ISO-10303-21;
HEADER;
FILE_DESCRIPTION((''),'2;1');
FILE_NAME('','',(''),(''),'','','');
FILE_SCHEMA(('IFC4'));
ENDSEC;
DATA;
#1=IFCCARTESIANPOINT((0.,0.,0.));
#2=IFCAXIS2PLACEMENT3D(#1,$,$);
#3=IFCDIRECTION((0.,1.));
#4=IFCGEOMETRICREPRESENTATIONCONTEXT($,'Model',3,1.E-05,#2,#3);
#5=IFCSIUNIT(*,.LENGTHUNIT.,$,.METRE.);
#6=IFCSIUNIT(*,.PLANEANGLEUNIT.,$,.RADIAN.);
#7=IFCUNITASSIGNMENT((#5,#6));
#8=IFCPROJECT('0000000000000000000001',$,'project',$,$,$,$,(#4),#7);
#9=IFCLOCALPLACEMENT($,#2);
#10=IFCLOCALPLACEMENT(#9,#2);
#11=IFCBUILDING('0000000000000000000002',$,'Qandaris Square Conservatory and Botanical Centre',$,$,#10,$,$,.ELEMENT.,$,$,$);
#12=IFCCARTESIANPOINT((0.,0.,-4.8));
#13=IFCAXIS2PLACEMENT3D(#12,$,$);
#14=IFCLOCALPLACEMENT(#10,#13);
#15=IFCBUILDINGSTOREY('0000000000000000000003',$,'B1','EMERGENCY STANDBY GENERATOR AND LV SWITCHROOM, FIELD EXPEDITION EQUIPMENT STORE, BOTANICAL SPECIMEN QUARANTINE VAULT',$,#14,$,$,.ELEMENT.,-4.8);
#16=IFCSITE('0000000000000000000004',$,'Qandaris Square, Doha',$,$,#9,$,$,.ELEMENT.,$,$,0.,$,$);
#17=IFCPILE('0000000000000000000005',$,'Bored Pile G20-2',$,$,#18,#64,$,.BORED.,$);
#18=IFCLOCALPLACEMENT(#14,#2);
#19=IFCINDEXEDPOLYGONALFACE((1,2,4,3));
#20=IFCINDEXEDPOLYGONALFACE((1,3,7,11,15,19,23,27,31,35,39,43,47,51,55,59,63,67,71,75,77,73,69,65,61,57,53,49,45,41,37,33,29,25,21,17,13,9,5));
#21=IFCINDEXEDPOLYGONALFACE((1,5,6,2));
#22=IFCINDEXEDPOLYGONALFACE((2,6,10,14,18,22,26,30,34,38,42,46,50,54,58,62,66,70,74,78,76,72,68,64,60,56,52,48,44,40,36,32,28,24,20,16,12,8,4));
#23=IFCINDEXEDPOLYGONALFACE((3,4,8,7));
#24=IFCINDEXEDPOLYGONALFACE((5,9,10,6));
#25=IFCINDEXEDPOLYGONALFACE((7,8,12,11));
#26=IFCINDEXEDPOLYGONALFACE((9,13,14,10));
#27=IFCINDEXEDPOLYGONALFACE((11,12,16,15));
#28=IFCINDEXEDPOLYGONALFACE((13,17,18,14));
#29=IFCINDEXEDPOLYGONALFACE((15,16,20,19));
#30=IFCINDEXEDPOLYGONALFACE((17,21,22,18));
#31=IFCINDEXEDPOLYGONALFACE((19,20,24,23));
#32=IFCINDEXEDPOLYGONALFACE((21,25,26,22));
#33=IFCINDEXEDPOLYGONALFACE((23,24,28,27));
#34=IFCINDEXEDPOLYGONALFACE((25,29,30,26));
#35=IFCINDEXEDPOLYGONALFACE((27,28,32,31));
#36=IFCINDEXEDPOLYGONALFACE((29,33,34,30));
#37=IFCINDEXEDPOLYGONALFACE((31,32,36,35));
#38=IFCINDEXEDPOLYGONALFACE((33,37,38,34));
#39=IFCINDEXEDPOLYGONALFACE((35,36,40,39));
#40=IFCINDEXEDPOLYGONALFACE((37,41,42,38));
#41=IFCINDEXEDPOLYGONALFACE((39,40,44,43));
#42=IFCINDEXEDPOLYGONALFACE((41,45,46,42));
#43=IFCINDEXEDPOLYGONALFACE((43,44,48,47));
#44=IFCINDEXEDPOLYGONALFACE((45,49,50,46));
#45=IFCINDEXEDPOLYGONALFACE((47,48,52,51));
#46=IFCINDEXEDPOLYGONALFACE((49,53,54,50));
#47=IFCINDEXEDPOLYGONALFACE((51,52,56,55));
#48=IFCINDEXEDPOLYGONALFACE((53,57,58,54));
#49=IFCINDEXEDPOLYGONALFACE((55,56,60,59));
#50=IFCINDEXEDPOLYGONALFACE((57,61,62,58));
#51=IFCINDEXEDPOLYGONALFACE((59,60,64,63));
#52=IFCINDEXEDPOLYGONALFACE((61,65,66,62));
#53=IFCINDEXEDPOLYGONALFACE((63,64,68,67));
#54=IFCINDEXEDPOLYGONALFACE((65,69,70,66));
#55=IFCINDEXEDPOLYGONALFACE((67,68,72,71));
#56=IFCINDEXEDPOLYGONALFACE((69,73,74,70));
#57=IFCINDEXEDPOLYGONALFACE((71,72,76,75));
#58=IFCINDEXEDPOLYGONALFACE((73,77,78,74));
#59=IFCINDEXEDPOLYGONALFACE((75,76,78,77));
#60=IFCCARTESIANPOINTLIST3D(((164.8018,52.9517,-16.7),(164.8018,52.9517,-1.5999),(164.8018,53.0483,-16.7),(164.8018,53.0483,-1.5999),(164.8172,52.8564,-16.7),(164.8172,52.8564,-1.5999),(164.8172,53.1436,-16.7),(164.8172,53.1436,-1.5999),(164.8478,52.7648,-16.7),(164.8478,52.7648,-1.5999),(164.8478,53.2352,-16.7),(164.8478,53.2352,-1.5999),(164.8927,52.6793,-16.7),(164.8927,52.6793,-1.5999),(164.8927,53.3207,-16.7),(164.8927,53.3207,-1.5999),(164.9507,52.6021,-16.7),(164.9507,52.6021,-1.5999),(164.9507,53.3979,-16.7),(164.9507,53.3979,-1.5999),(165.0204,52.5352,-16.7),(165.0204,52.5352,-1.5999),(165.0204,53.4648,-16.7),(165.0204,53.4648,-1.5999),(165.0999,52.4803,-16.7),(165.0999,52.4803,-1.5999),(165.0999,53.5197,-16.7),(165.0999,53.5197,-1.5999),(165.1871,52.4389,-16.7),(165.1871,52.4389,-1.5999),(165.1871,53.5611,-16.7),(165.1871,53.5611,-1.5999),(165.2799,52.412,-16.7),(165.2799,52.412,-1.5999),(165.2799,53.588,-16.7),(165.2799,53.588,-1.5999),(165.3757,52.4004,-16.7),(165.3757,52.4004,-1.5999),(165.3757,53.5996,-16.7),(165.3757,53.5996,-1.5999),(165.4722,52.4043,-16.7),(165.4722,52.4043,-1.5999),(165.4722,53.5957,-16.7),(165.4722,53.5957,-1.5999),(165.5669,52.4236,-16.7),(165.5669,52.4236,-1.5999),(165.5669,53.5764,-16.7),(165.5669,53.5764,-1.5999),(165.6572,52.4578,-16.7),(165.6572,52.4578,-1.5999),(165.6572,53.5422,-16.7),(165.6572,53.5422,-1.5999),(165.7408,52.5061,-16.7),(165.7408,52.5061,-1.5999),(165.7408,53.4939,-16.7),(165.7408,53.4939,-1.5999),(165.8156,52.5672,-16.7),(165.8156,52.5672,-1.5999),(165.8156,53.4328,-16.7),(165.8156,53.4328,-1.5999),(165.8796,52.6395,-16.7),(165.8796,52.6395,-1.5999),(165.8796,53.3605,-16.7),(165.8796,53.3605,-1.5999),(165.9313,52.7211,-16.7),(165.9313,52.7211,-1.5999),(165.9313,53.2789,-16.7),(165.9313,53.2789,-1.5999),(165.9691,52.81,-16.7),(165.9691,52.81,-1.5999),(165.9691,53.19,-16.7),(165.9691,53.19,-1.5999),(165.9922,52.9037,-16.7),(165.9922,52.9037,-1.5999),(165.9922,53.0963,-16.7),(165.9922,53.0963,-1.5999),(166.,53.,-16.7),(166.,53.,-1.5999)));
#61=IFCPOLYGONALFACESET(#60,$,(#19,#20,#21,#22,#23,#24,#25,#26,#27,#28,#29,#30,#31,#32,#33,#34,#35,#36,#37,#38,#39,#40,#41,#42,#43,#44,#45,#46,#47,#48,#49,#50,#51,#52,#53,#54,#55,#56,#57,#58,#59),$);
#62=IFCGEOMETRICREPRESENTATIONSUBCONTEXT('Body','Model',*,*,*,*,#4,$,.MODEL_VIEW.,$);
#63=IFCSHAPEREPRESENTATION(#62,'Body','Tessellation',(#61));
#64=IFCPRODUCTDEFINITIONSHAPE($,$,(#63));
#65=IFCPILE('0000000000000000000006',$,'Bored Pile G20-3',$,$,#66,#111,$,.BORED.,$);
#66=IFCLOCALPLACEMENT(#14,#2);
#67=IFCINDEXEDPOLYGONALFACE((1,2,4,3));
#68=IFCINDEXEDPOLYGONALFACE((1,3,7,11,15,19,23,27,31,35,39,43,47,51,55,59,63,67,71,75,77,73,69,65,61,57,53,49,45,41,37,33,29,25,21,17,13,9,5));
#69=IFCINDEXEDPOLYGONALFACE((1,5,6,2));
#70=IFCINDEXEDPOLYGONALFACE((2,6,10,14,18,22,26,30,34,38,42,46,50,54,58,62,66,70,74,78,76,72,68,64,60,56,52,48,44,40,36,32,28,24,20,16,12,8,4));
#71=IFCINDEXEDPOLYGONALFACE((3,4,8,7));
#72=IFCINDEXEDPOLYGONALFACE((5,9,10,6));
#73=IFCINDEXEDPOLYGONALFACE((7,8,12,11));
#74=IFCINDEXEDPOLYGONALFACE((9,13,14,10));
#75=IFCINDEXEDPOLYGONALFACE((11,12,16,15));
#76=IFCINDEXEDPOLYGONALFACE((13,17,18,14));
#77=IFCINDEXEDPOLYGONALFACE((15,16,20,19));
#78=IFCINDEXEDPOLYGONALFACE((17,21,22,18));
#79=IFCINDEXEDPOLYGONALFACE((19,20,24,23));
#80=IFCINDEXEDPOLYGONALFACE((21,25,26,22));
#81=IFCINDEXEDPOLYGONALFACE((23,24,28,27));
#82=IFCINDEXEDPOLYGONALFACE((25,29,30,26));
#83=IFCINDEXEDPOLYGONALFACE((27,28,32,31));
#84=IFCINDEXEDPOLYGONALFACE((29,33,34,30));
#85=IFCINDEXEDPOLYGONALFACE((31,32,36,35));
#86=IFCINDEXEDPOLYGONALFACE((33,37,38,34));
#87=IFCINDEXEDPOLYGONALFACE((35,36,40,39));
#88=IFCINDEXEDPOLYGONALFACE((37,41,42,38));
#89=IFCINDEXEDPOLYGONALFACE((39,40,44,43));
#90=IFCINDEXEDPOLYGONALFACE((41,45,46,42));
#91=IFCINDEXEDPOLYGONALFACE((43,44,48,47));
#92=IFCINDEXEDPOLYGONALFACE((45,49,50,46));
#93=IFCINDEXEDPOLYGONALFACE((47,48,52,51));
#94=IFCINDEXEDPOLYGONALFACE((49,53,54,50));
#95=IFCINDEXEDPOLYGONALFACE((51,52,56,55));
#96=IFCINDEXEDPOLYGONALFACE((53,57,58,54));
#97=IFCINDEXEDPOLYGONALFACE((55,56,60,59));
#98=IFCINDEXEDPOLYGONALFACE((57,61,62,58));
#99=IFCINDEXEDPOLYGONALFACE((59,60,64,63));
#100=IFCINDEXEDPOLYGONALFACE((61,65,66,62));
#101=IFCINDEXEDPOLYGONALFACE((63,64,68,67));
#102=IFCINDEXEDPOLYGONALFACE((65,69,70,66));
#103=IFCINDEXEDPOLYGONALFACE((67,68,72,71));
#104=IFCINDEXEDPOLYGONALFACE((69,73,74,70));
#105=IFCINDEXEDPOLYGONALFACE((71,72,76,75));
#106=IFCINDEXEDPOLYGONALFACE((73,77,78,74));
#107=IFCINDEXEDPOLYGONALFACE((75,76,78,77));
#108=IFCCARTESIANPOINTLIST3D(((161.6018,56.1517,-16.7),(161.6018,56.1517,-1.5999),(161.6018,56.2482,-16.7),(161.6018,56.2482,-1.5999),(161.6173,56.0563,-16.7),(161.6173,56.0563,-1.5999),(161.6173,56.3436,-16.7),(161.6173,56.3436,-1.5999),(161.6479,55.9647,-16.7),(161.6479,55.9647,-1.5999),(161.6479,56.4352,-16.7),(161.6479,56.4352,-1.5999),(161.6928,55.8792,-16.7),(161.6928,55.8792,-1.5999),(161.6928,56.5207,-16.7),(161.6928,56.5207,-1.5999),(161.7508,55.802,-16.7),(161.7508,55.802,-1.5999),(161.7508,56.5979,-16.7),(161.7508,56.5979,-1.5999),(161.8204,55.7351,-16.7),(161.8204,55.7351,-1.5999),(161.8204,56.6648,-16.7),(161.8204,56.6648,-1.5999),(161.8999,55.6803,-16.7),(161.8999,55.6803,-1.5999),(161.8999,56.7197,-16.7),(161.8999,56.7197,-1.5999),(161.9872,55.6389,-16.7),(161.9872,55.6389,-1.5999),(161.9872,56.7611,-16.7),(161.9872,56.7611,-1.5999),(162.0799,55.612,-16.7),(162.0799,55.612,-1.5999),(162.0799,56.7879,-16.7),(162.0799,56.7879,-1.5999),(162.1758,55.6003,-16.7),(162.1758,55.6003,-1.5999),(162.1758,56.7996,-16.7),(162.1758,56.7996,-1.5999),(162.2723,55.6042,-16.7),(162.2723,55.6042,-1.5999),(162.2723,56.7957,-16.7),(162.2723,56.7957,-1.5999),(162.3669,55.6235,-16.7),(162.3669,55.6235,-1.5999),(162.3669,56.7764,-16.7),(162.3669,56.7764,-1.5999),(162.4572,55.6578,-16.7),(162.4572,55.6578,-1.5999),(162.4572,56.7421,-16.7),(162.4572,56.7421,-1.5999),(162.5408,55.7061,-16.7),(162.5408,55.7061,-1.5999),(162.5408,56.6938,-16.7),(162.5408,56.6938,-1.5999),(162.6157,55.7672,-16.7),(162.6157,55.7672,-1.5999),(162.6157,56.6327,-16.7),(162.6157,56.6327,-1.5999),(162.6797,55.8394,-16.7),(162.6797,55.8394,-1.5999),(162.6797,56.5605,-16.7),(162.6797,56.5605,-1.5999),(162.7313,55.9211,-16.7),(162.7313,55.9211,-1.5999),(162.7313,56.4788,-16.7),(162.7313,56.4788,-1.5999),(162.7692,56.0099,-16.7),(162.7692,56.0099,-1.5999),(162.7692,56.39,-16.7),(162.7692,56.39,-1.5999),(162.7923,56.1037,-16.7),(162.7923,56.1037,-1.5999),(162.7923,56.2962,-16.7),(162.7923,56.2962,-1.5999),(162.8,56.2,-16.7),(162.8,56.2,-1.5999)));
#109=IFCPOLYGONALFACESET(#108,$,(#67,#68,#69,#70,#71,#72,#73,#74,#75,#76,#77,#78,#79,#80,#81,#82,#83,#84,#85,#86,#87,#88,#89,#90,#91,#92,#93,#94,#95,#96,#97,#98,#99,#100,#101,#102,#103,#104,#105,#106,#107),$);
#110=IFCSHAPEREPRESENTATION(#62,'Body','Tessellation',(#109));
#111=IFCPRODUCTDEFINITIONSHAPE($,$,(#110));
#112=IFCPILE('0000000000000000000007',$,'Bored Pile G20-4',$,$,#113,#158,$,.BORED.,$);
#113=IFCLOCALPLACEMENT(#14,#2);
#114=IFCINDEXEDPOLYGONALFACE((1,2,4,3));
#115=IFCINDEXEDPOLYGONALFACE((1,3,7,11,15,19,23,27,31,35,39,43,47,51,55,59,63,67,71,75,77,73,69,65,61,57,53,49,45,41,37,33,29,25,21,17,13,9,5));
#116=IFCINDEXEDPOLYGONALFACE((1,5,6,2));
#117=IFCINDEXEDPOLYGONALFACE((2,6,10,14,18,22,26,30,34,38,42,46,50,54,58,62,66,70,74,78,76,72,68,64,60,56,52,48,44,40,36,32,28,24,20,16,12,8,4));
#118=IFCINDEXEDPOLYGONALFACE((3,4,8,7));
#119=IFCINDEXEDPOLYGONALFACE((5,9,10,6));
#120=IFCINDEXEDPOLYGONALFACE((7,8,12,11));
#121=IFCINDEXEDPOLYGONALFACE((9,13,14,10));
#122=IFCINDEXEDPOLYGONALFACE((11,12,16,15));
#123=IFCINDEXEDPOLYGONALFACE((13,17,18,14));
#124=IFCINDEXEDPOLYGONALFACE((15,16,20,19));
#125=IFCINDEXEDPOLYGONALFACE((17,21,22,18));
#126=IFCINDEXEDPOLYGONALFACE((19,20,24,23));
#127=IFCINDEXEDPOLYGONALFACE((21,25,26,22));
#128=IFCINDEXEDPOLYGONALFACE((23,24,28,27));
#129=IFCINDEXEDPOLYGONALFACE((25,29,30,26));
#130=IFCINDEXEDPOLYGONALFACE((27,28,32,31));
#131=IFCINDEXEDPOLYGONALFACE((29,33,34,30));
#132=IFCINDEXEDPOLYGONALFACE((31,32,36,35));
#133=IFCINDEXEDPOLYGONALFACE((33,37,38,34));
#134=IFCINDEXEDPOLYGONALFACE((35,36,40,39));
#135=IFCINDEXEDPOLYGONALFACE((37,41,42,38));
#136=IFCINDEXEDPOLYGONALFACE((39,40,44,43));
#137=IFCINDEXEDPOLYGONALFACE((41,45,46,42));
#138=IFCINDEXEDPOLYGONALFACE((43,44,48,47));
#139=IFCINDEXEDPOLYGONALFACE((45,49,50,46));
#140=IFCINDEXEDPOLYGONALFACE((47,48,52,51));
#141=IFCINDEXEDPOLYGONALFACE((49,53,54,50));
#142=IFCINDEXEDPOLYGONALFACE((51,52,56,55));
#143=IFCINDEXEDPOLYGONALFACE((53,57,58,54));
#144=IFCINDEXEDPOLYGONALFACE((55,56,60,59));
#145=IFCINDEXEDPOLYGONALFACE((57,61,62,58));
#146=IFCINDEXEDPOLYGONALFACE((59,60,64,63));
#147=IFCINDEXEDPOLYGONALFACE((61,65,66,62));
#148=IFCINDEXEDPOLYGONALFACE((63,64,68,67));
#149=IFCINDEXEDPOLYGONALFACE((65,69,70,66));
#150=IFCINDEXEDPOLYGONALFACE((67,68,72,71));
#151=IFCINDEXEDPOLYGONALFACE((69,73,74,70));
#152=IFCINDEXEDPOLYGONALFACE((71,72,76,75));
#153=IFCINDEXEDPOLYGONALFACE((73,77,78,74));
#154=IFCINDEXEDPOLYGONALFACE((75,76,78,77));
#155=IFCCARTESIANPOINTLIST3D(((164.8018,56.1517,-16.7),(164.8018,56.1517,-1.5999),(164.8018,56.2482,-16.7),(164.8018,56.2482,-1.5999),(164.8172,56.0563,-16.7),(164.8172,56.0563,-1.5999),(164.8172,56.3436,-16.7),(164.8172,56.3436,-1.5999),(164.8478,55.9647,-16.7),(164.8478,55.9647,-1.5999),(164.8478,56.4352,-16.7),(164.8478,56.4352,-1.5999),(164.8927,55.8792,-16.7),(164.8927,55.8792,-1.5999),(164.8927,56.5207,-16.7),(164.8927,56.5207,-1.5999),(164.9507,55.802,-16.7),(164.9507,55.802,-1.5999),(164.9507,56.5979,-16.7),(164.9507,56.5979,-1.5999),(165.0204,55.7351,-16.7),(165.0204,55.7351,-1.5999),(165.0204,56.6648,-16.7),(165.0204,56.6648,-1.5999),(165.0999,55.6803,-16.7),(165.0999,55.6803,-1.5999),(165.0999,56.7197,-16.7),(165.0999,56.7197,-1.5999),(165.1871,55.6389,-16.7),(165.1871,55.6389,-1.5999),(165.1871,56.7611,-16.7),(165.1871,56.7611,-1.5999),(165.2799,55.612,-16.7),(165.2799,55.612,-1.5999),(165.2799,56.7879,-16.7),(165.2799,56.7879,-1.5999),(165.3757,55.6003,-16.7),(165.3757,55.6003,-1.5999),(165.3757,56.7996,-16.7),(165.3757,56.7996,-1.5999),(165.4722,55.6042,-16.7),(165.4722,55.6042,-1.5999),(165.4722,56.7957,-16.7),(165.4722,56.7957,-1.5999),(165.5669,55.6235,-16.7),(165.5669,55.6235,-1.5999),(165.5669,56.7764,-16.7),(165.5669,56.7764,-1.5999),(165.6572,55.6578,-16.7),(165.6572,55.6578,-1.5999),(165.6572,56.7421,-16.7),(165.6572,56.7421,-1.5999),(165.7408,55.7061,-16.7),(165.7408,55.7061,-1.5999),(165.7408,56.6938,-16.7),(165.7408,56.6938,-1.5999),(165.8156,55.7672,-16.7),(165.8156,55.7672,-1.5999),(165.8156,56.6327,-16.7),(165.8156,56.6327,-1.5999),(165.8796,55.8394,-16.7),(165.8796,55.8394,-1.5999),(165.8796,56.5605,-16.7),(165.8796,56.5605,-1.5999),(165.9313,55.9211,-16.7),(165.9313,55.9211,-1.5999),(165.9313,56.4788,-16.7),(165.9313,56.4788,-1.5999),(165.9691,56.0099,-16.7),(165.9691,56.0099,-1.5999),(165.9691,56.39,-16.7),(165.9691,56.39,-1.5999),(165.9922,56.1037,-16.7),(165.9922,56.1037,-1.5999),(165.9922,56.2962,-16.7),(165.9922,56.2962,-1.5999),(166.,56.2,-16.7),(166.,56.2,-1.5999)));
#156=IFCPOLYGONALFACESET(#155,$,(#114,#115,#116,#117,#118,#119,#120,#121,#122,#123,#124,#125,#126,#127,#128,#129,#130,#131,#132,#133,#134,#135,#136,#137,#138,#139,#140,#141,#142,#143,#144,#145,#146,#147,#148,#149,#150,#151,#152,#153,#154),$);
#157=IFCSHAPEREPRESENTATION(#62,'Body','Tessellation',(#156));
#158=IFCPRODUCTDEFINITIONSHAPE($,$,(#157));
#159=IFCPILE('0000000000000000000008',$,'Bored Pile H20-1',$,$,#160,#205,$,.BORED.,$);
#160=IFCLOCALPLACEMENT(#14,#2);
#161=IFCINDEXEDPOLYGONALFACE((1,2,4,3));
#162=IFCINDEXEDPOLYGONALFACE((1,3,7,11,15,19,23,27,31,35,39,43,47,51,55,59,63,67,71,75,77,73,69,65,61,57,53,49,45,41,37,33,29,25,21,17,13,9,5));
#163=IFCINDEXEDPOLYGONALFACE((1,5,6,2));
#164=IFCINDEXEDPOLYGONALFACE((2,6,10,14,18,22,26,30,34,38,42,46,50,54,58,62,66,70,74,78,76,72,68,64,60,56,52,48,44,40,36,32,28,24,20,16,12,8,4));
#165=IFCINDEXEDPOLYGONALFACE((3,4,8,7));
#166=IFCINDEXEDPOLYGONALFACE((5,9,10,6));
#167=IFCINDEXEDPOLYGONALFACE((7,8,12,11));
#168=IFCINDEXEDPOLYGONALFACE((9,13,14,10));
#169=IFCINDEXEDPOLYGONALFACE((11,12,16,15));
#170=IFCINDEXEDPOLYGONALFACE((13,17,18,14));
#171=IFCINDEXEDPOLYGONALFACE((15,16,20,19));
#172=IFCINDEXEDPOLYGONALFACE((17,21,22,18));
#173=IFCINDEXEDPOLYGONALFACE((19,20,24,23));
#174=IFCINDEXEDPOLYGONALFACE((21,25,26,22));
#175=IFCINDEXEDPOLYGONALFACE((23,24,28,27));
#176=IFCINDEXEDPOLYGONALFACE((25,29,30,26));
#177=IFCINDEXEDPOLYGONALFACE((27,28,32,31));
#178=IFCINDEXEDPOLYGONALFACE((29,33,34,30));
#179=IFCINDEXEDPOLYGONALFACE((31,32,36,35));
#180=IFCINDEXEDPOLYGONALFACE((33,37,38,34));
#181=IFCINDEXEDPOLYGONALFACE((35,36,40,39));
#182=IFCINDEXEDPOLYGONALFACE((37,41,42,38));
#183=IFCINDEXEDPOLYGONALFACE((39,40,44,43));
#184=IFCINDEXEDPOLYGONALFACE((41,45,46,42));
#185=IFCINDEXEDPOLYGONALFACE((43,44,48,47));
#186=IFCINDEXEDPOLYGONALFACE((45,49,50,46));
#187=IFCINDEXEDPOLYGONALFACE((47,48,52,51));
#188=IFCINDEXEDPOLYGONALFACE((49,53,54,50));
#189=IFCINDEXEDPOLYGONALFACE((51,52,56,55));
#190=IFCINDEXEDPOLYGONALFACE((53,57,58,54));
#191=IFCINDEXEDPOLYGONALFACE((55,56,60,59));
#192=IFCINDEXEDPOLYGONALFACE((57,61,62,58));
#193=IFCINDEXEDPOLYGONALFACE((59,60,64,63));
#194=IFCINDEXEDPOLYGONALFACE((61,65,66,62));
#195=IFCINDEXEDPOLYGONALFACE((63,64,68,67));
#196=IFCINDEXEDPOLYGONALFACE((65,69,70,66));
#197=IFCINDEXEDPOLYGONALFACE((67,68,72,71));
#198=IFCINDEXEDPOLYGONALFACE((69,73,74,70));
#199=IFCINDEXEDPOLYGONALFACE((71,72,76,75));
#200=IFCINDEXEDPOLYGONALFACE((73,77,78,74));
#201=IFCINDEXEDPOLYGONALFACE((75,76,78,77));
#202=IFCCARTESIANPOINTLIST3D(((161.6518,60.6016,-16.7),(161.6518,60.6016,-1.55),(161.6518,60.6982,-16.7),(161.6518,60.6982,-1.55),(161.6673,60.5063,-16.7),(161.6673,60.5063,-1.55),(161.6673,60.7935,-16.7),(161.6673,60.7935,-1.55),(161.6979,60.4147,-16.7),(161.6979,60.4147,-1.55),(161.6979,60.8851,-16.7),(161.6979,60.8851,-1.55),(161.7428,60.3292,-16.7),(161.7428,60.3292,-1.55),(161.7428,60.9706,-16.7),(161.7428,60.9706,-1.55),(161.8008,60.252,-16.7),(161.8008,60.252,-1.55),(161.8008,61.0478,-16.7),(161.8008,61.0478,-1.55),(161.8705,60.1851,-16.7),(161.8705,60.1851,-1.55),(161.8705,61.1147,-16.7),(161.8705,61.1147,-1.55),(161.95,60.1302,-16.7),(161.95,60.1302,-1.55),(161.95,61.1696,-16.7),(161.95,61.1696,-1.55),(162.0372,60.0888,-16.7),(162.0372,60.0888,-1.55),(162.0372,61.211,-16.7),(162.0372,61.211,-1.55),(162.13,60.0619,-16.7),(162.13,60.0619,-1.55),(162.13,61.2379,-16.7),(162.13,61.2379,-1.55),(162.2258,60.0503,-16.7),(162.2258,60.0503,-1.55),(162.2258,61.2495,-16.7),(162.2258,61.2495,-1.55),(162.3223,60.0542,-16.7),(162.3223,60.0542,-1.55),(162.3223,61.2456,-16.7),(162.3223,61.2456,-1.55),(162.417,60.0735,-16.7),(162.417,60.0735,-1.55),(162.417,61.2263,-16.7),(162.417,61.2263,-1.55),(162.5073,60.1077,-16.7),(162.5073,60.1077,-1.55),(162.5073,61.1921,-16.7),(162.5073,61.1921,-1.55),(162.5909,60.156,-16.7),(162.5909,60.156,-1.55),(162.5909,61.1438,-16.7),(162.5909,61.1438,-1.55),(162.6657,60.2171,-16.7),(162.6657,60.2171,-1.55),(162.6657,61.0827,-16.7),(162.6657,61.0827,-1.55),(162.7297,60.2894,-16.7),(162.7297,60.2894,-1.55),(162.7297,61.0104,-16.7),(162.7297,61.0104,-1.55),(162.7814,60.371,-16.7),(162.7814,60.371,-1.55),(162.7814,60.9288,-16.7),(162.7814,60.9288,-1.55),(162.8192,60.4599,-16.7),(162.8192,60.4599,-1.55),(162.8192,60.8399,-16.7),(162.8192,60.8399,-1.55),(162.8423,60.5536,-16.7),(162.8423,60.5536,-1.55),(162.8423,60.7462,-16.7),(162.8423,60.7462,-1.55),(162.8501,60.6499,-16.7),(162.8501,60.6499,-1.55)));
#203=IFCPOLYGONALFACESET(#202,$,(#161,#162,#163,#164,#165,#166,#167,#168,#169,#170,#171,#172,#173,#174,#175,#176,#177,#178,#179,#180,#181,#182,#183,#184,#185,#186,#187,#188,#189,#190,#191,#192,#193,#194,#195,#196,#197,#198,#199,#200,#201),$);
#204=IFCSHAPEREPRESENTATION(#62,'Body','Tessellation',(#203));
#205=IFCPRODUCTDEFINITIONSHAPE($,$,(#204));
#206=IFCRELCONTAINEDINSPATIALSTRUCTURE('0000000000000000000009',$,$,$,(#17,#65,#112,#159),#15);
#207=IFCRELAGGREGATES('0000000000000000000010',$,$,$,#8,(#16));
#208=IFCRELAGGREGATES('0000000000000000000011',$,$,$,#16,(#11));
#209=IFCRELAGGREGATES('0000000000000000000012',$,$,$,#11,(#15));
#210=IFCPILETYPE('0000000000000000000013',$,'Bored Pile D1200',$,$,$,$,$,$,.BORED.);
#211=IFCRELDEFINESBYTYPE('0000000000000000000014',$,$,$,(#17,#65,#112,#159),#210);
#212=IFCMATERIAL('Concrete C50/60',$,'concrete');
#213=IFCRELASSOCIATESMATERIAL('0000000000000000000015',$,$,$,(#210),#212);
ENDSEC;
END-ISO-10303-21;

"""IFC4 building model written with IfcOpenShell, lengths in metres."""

from ifc_helpers import new_model, si_unit, direction, frame, origin, origin_2d, place, context, subcontext, project, spatial, circle, extrude, material, material_profile, profile_set, type_object, element, save


model = new_model("IFC4")

# Units and contexts
model_context = context("Model", 3, precision=1e-05, world=origin(), true_north=direction((0.0, 1.0)))
body_context = subcontext(model_context, "Body", "Model", "MODEL_VIEW")
ifc_project = project(units=[si_unit("LENGTHUNIT", "METRE"), si_unit("PLANEANGLEUNIT", "RADIAN")], contexts=[model_context])

# Site, building, storey
site_placement = place(None, origin())
site = spatial("IfcSite", under=ifc_project, at=site_placement, Name="Qandaris Square, Doha", CompositionType="ELEMENT", RefElevation=0.0)
building_placement = place(site_placement, origin())
building = spatial("IfcBuilding", under=site, at=building_placement, Name="Qandaris Square Conservatory and Botanical Centre", CompositionType="ELEMENT")
storey_placement = place(building_placement, frame((0.0, 0.0, -4.8)))
storey = spatial("IfcBuildingStorey", under=building, at=storey_placement, Name="B1", Description="EMERGENCY STANDBY GENERATOR AND LV SWITCHROOM, FIELD EXPEDITION EQUIPMENT STORE, BOTANICAL SPECIMEN QUARANTINE VAULT", CompositionType="ELEMENT", Elevation=-4.8)

# Piles
ifc_material_1 = material(Name="Concrete C50/60", Category="concrete")
ifc_material_profile_1 = material_profile(ifc_material_1, circle(Radius=0.6001, at=origin_2d()), Name="PILE D1200")
ifc_profile_set_1 = profile_set([ifc_material_profile_1], Name="Concrete C50/60")
pile_type = type_object("IfcPileType", Name="Bored Pile D1200", PredefinedType="BORED", material=ifc_profile_set_1)
for number, where, z_axis, x_axis, name in (
    (1, (165.3999, 53.0, -1.5999), (0.0, 0.0, -1.0), (1.0, 0.0, 0.0), "Bored Pile G20-2"),
    (2, (162.2, 56.2, -1.5999), (0.0, 0.0, -1.0), (1.0, 0.0, 0.0), "Bored Pile G20-3"),
    (3, (165.3999, 56.2, -1.5999), (0.0, 0.0, -1.0), (1.0, 0.0, 0.0), "Bored Pile G20-4"),
):
    element("IfcPile", number, at=place(storey_placement, frame(where, z_axis=z_axis, x_axis=x_axis)), inside=storey, type_object=pile_type, Name=name, PredefinedType="BORED", context=body_context, shape_type="SweptSolid", body=[
        extrude(circle(Radius=0.6001, at=origin_2d()), origin(), (0.0, 0.0, 1.0), 15.1001),
    ])
for number, where, z_axis, x_axis, name in (
    (4, (162.25, 60.6499, -1.55), (0.0, 0.0, -1.0), (1.0, 0.0, 0.0), "Bored Pile H20-1"),
):
    element("IfcPile", number, at=place(storey_placement, frame(where, z_axis=z_axis, x_axis=x_axis)), inside=storey, type_object=pile_type, Name=name, PredefinedType="BORED", context=body_context, shape_type="SweptSolid", body=[
        extrude(circle(Radius=0.6001, at=origin_2d()), origin(), (0.0, 0.0, 1.0), 15.1499),
    ])

save(model, "model.ifc")
